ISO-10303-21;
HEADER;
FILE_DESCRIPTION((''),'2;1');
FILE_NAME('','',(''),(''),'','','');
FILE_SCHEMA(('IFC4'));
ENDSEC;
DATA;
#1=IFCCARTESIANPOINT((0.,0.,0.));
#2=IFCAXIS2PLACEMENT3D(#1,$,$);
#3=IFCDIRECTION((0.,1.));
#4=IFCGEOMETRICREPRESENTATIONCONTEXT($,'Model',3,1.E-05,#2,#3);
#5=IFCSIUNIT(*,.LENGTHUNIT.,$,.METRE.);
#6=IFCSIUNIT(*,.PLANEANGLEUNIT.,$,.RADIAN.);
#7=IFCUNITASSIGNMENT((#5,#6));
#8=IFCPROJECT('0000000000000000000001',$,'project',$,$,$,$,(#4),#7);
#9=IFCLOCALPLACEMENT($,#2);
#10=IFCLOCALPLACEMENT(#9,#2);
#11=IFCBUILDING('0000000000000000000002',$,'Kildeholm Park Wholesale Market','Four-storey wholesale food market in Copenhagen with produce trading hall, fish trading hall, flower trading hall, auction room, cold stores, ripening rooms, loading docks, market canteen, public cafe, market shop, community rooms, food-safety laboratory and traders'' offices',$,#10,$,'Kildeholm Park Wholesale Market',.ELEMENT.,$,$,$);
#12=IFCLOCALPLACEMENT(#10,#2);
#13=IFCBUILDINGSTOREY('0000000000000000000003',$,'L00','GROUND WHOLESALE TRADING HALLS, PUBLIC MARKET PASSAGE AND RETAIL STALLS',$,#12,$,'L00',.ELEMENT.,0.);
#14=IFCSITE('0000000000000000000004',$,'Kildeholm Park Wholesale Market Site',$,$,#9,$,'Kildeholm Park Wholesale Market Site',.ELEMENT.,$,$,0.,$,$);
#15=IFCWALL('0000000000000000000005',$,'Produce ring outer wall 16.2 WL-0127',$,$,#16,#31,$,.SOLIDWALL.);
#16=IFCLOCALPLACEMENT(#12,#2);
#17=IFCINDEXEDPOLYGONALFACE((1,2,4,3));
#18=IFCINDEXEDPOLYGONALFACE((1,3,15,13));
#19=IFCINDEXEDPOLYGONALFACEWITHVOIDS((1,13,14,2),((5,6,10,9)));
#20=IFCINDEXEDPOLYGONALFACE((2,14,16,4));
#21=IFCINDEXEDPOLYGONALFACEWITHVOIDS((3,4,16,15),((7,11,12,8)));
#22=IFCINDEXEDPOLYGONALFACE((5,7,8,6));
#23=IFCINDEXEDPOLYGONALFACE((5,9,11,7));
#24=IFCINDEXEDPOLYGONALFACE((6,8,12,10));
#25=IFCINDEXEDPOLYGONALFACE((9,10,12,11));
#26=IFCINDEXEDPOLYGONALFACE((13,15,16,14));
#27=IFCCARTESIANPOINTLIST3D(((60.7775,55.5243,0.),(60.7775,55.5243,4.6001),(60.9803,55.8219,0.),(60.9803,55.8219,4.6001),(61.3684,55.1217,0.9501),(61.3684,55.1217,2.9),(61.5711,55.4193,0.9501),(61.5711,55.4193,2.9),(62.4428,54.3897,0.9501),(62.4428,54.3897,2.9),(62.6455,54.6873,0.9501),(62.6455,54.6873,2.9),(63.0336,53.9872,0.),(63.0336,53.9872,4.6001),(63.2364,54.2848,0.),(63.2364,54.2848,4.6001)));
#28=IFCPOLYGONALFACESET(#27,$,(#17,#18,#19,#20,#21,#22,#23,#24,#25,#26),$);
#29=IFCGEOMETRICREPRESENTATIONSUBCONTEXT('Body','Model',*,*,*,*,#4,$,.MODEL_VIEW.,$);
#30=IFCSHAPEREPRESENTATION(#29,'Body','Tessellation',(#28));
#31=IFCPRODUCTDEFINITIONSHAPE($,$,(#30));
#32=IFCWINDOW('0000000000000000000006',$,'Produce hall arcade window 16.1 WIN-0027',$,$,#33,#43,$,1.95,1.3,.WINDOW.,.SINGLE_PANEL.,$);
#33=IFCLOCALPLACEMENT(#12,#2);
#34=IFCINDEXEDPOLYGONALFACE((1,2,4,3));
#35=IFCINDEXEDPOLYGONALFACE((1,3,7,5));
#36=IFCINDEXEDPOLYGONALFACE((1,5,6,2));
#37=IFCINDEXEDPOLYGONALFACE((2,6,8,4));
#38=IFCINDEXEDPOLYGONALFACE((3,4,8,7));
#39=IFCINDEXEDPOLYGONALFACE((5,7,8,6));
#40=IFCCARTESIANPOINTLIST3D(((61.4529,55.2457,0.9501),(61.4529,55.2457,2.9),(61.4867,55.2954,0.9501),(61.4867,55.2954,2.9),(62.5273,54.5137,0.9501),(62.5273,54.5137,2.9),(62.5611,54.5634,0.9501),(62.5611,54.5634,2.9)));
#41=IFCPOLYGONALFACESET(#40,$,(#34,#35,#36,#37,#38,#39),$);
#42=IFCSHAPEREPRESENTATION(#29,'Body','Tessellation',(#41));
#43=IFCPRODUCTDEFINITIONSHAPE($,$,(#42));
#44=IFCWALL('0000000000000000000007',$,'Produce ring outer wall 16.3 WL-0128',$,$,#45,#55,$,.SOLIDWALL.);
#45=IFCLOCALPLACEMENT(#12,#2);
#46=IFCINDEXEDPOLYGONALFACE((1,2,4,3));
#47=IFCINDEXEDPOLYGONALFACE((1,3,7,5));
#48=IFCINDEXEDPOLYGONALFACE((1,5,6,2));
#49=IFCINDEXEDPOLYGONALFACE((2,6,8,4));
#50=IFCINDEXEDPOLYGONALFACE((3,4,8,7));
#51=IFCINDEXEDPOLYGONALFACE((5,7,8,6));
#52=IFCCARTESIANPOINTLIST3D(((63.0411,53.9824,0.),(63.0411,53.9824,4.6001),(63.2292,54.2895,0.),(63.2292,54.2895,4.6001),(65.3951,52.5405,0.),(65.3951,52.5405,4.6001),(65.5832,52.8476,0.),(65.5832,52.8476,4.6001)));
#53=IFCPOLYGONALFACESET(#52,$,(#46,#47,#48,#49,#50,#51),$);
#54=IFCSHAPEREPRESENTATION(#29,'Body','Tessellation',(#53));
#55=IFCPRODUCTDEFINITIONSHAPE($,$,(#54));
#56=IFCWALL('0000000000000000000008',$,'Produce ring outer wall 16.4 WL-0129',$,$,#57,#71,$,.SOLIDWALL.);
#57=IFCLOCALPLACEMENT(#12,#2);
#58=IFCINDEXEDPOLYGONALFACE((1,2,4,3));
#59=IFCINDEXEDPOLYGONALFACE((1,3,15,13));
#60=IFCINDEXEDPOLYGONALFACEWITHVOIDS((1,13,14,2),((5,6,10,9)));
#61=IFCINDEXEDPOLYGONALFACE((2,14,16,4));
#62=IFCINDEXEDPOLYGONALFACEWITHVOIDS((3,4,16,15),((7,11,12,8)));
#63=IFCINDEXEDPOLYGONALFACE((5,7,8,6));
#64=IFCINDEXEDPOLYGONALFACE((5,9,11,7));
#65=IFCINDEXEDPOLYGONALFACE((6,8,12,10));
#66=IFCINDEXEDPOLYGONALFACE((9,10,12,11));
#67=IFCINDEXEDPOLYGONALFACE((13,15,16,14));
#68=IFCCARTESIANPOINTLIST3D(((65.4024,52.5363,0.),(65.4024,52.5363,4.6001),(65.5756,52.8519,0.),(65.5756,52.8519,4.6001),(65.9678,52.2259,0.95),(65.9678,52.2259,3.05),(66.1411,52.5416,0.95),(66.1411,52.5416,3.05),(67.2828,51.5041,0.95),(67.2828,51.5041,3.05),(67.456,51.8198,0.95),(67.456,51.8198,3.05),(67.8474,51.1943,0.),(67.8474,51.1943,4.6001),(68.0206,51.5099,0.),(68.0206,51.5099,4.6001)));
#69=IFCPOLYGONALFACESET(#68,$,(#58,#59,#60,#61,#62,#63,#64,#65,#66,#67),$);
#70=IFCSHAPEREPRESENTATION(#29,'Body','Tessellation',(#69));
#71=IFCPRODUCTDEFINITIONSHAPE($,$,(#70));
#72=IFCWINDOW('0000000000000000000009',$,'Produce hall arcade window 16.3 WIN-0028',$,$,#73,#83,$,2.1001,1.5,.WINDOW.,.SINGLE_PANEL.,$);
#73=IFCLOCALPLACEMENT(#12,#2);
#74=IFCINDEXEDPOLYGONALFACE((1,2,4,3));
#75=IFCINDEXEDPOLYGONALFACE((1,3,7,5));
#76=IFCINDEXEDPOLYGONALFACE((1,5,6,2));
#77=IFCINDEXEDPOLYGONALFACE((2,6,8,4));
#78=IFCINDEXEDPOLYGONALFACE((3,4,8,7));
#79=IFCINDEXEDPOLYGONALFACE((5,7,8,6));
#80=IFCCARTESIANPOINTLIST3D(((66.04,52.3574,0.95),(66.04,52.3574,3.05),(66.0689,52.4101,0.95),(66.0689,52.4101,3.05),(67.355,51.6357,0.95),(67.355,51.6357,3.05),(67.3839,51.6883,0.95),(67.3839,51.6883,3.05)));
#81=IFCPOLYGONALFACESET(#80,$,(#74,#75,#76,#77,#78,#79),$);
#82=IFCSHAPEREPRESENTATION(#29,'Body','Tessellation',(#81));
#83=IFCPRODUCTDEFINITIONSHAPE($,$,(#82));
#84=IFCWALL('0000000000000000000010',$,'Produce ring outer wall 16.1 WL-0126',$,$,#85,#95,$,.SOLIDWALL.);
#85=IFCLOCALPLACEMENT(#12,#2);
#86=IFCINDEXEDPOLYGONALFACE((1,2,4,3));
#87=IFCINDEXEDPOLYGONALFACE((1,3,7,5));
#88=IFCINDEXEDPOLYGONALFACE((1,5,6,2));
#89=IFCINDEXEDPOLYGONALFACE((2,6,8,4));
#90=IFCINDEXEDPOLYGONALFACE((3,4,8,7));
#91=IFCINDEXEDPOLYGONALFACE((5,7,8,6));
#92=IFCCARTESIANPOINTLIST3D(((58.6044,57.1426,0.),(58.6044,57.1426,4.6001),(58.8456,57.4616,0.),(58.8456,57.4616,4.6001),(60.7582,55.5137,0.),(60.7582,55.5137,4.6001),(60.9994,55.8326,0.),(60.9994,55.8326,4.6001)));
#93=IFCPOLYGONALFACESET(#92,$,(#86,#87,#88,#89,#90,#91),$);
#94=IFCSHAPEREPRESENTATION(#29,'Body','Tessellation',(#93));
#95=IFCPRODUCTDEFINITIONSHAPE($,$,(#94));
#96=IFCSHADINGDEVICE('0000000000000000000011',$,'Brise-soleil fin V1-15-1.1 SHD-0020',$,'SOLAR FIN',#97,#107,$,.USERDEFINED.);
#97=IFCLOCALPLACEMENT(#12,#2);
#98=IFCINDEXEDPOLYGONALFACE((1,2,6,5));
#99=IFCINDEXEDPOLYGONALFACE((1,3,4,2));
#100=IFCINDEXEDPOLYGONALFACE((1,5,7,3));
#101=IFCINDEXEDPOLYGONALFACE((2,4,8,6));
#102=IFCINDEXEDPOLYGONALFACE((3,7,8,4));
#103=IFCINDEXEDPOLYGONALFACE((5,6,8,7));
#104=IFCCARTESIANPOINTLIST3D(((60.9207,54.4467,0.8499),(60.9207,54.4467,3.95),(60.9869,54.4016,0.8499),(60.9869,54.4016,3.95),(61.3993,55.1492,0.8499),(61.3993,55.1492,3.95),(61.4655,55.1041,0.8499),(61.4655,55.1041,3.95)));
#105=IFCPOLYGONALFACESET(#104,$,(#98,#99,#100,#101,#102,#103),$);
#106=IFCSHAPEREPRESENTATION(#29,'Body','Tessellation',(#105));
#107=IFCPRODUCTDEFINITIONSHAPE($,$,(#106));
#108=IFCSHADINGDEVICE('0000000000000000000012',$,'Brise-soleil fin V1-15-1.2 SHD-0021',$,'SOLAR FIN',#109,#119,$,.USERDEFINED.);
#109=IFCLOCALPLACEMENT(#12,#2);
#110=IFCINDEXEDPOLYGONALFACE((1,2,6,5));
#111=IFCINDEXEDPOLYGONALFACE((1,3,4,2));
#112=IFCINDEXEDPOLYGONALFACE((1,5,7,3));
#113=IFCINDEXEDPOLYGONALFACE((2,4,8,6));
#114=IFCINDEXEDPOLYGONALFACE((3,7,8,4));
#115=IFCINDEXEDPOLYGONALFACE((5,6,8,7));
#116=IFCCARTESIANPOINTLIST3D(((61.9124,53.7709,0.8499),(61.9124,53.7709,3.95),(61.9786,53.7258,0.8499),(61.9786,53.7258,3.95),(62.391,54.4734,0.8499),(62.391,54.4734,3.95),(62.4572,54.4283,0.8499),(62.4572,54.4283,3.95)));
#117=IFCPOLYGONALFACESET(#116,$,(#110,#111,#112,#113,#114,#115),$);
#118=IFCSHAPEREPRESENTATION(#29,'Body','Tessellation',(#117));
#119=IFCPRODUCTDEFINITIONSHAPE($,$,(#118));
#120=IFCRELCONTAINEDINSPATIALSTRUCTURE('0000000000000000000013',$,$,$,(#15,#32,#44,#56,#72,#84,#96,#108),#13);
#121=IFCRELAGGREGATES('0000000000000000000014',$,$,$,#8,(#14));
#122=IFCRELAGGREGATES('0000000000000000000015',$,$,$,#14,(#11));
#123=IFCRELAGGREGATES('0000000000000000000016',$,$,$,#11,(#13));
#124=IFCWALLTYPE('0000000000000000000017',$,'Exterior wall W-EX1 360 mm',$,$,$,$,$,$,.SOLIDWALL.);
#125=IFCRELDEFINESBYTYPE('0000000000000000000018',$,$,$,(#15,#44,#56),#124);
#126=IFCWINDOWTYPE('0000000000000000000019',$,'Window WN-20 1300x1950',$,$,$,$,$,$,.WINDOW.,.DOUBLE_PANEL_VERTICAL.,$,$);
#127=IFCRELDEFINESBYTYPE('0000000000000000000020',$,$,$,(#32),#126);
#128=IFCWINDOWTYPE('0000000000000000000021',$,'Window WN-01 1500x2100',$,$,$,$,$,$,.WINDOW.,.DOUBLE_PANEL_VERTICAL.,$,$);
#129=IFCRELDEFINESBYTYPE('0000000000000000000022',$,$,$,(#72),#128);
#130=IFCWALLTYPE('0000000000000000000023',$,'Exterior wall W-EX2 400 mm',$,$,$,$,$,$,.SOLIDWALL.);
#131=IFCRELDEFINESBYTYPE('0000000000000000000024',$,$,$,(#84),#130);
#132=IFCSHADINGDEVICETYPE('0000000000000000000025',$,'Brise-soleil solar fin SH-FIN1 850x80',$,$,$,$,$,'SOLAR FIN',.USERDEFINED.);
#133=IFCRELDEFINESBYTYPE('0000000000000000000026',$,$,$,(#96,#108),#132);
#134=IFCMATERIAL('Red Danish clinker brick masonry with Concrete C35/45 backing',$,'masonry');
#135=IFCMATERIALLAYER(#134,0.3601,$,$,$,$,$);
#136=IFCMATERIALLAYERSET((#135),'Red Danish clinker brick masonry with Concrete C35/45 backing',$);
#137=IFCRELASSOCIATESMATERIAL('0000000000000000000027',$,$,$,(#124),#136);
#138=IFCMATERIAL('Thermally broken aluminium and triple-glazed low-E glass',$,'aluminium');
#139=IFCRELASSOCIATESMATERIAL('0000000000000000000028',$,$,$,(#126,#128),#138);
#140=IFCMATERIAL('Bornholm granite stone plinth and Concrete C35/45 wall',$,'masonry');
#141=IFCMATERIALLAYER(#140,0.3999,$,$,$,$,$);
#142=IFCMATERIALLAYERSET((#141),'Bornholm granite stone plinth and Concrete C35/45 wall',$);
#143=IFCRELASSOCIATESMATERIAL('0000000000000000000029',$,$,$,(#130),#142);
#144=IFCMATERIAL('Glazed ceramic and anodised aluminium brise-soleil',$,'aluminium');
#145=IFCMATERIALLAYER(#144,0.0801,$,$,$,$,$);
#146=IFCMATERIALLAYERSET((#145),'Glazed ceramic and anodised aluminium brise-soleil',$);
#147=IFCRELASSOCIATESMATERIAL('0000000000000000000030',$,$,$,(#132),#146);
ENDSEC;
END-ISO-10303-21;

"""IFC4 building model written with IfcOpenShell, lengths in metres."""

from ifc_helpers import new_model, si_unit, direction, frame, frame_2d, origin, origin_2d, place, context, subcontext, project, spatial, rectangle, extrude, material, layer, layer_set, type_object, element, fill, save


model = new_model("IFC4")

# Units and contexts
model_context = context("Model", 3, precision=1e-05, world=origin(), true_north=direction((0.0, 1.0)))
body_context = subcontext(model_context, "Body", "Model", "MODEL_VIEW")
ifc_project = project(units=[si_unit("LENGTHUNIT", "METRE"), si_unit("PLANEANGLEUNIT", "RADIAN")], contexts=[model_context])

# Site, building, storey
site_placement = place(None, origin())
site = spatial("IfcSite", under=ifc_project, at=site_placement, Name="Kildeholm Park Wholesale Market Site", LongName="Kildeholm Park Wholesale Market Site", CompositionType="ELEMENT", RefElevation=0.0)
building_placement = place(site_placement, origin())
building = spatial("IfcBuilding", under=site, at=building_placement, Name="Kildeholm Park Wholesale Market", Description="Four-storey wholesale food market in Copenhagen with produce trading hall, fish trading hall, flower trading hall, auction room, cold stores, ripening rooms, loading docks, market canteen, public cafe, market shop, community rooms, food-safety laboratory and traders' offices", LongName="Kildeholm Park Wholesale Market", CompositionType="ELEMENT")
storey_placement = place(building_placement, origin())
storey = spatial("IfcBuildingStorey", under=building, at=storey_placement, Name="L00", Description="GROUND WHOLESALE TRADING HALLS, PUBLIC MARKET PASSAGE AND RETAIL STALLS", LongName="L00", CompositionType="ELEMENT", Elevation=0.0)

# Wall, opening, window
ifc_material_1 = material(Name="Red Danish clinker brick masonry with Concrete C35/45 backing", Category="masonry")
ifc_layer_1 = layer(ifc_material_1, 0.3601)
ifc_layer_set_1 = layer_set([ifc_layer_1], Name="Red Danish clinker brick masonry with Concrete C35/45 backing")
wall_type_1 = type_object("IfcWallType", Name="Exterior wall W-EX1 360 mm", PredefinedType="SOLIDWALL", material=ifc_layer_set_1)
wall_1_placement = place(storey_placement, frame((60.8789, 55.6731, 0.0), z_axis=(0.0, 0.0, 1.0), x_axis=(0.826422, -0.563051, 0.0)))
wall_1 = element("IfcWall", 1, at=wall_1_placement, inside=storey, type_object=wall_type_1, Name="Produce ring outer wall 16.2 WL-0127", PredefinedType="SOLIDWALL", context=body_context, shape_type="SweptSolid", body=[
    extrude(rectangle(XDim=2.73, YDim=0.3601, at=frame_2d((1.365, 0.0))), origin(), (0.0, 0.0, 1.0), 4.6001),
])
opening_1_placement = place(wall_1_placement, frame((0.7151, 0.0, 0.95)))
opening_1 = element("IfcOpeningElement", 2, at=opening_1_placement, cuts=wall_1, PredefinedType="OPENING", context=body_context, shape_type="SweptSolid", body=[
    extrude(rectangle(XDim=1.3, YDim=1.95, at=frame_2d((0.6499, 0.9751))), frame((0.0, 0.1899, 0.0), z_axis=(0.0, -1.0, 0.0), x_axis=(1.0, 0.0, 0.0)), (0.0, 0.0, 1.0), 0.3801),
])
ifc_material_2 = material(Name="Thermally broken aluminium and triple-glazed low-E glass", Category="aluminium")
window_type_1 = type_object("IfcWindowType", Name="Window WN-20 1300x1950", PartitioningType="DOUBLE_PANEL_VERTICAL", PredefinedType="WINDOW", material=ifc_material_2)
window_1_placement = place(opening_1_placement, origin())
window_1 = element("IfcWindow", 3, at=window_1_placement, inside=storey, type_object=window_type_1, Name="Produce hall arcade window 16.1 WIN-0027", OverallHeight=1.95, OverallWidth=1.3, PartitioningType="SINGLE_PANEL", PredefinedType="WINDOW", context=body_context, shape_type="SweptSolid", body=[
    extrude(rectangle(XDim=1.3, YDim=1.95, at=frame_2d((0.6499, 0.9751))), frame((0.0, 0.03, 0.0), z_axis=(0.0, -1.0, 0.0), x_axis=(1.0, 0.0, 0.0)), (0.0, 0.0, 1.0), 0.0601),
])
fill(opening_1, window_1)

# Wall
wall_2_placement = place(storey_placement, frame((63.135, 54.136, 0.0), z_axis=(0.0, 0.0, 1.0), x_axis=(0.852744, -0.52233, 0.0)))
element("IfcWall", 4, at=wall_2_placement, inside=storey, type_object=wall_type_1, Name="Produce ring outer wall 16.3 WL-0128", PredefinedType="SOLIDWALL", context=body_context, shape_type="SweptSolid", body=[
    extrude(rectangle(XDim=2.7605, YDim=0.3601, at=frame_2d((1.3804, 0.0))), origin(), (0.0, 0.0, 1.0), 4.6001),
])

# Wall, opening, window
wall_3_placement = place(storey_placement, frame((65.489, 52.6941, 0.0), z_axis=(0.0, 0.0, 1.0), x_axis=(0.876631, -0.481163, 0.0)))
wall_3 = element("IfcWall", 5, at=wall_3_placement, inside=storey, type_object=wall_type_1, Name="Produce ring outer wall 16.4 WL-0129", PredefinedType="SOLIDWALL", context=body_context, shape_type="SweptSolid", body=[
    extrude(rectangle(XDim=2.7891, YDim=0.3601, at=frame_2d((1.3945, 0.0))), origin(), (0.0, 0.0, 1.0), 4.6001),
])
opening_2_placement = place(wall_3_placement, frame((0.645, 0.0, 0.95)))
opening_2 = element("IfcOpeningElement", 6, at=opening_2_placement, cuts=wall_3, PredefinedType="OPENING", context=body_context, shape_type="SweptSolid", body=[
    extrude(rectangle(XDim=1.5, YDim=2.1001, at=frame_2d((0.75, 1.05))), frame((0.0, 0.1899, 0.0), z_axis=(0.0, -1.0, 0.0), x_axis=(1.0, 0.0, 0.0)), (0.0, 0.0, 1.0), 0.3801),
])
window_type_2 = type_object("IfcWindowType", Name="Window WN-01 1500x2100", PartitioningType="DOUBLE_PANEL_VERTICAL", PredefinedType="WINDOW", material=ifc_material_2)
window_2_placement = place(opening_2_placement, origin())
window_2 = element("IfcWindow", 7, at=window_2_placement, inside=storey, type_object=window_type_2, Name="Produce hall arcade window 16.3 WIN-0028", OverallHeight=2.1001, OverallWidth=1.5, PartitioningType="SINGLE_PANEL", PredefinedType="WINDOW", context=body_context, shape_type="SweptSolid", body=[
    extrude(rectangle(XDim=1.5, YDim=2.1001, at=frame_2d((0.75, 1.05))), frame((0.0, 0.03, 0.0), z_axis=(0.0, -1.0, 0.0), x_axis=(1.0, 0.0, 0.0)), (0.0, 0.0, 1.0), 0.0601),
])
fill(opening_2, window_2)

# Wall
ifc_material_3 = material(Name="Bornholm granite stone plinth and Concrete C35/45 wall", Category="masonry")
ifc_layer_2 = layer(ifc_material_3, 0.3999)
ifc_layer_set_2 = layer_set([ifc_layer_2], Name="Bornholm granite stone plinth and Concrete C35/45 wall")
wall_type_2 = type_object("IfcWallType", Name="Exterior wall W-EX2 400 mm", PredefinedType="SOLIDWALL", material=ifc_layer_set_2)
wall_4_placement = place(storey_placement, frame((58.7251, 57.302, 0.0), z_axis=(0.0, 0.0, 1.0), x_axis=(0.797585, -0.603206, 0.0)))
element("IfcWall", 8, at=wall_4_placement, inside=storey, type_object=wall_type_2, Name="Produce ring outer wall 16.1 WL-0126", PredefinedType="SOLIDWALL", context=body_context, shape_type="SweptSolid", body=[
    extrude(rectangle(XDim=2.7004, YDim=0.3999, at=frame_2d((1.3501, 0.0))), origin(), (0.0, 0.0, 1.0), 4.6001),
])

# Shading devices
ifc_material_4 = material(Name="Glazed ceramic and anodised aluminium brise-soleil", Category="aluminium")
ifc_layer_3 = layer(ifc_material_4, 0.0801)
ifc_layer_set_3 = layer_set([ifc_layer_3], Name="Glazed ceramic and anodised aluminium brise-soleil")
shading_device_type = type_object("IfcShadingDeviceType", Name="Brise-soleil solar fin SH-FIN1 850x80", ElementType="SOLAR FIN", PredefinedType="USERDEFINED", material=ifc_layer_set_3)
for number, where, z_axis, x_axis, name in (
    (9, (61.1931, 54.7754, 0.8499), (0.0, 0.0, 1.0), (-0.563036, -0.826433, 0.0), "Brise-soleil fin V1-15-1.1 SHD-0020"),
    (10, (62.1848, 54.0996, 0.8499), (0.0, 0.0, 1.0), (-0.563036, -0.826433, 0.0), "Brise-soleil fin V1-15-1.2 SHD-0021"),
):
    element("IfcShadingDevice", number, at=place(storey_placement, frame(where, z_axis=z_axis, x_axis=x_axis)), inside=storey, type_object=shading_device_type, Name=name, ObjectType="SOLAR FIN", PredefinedType="USERDEFINED", context=body_context, shape_type="SweptSolid", body=[
        extrude(rectangle(XDim=0.8501, YDim=0.0801, at=origin_2d()), origin(), (0.0, 0.0, 1.0), 3.1001),
    ])

save(model, "model.ifc")
